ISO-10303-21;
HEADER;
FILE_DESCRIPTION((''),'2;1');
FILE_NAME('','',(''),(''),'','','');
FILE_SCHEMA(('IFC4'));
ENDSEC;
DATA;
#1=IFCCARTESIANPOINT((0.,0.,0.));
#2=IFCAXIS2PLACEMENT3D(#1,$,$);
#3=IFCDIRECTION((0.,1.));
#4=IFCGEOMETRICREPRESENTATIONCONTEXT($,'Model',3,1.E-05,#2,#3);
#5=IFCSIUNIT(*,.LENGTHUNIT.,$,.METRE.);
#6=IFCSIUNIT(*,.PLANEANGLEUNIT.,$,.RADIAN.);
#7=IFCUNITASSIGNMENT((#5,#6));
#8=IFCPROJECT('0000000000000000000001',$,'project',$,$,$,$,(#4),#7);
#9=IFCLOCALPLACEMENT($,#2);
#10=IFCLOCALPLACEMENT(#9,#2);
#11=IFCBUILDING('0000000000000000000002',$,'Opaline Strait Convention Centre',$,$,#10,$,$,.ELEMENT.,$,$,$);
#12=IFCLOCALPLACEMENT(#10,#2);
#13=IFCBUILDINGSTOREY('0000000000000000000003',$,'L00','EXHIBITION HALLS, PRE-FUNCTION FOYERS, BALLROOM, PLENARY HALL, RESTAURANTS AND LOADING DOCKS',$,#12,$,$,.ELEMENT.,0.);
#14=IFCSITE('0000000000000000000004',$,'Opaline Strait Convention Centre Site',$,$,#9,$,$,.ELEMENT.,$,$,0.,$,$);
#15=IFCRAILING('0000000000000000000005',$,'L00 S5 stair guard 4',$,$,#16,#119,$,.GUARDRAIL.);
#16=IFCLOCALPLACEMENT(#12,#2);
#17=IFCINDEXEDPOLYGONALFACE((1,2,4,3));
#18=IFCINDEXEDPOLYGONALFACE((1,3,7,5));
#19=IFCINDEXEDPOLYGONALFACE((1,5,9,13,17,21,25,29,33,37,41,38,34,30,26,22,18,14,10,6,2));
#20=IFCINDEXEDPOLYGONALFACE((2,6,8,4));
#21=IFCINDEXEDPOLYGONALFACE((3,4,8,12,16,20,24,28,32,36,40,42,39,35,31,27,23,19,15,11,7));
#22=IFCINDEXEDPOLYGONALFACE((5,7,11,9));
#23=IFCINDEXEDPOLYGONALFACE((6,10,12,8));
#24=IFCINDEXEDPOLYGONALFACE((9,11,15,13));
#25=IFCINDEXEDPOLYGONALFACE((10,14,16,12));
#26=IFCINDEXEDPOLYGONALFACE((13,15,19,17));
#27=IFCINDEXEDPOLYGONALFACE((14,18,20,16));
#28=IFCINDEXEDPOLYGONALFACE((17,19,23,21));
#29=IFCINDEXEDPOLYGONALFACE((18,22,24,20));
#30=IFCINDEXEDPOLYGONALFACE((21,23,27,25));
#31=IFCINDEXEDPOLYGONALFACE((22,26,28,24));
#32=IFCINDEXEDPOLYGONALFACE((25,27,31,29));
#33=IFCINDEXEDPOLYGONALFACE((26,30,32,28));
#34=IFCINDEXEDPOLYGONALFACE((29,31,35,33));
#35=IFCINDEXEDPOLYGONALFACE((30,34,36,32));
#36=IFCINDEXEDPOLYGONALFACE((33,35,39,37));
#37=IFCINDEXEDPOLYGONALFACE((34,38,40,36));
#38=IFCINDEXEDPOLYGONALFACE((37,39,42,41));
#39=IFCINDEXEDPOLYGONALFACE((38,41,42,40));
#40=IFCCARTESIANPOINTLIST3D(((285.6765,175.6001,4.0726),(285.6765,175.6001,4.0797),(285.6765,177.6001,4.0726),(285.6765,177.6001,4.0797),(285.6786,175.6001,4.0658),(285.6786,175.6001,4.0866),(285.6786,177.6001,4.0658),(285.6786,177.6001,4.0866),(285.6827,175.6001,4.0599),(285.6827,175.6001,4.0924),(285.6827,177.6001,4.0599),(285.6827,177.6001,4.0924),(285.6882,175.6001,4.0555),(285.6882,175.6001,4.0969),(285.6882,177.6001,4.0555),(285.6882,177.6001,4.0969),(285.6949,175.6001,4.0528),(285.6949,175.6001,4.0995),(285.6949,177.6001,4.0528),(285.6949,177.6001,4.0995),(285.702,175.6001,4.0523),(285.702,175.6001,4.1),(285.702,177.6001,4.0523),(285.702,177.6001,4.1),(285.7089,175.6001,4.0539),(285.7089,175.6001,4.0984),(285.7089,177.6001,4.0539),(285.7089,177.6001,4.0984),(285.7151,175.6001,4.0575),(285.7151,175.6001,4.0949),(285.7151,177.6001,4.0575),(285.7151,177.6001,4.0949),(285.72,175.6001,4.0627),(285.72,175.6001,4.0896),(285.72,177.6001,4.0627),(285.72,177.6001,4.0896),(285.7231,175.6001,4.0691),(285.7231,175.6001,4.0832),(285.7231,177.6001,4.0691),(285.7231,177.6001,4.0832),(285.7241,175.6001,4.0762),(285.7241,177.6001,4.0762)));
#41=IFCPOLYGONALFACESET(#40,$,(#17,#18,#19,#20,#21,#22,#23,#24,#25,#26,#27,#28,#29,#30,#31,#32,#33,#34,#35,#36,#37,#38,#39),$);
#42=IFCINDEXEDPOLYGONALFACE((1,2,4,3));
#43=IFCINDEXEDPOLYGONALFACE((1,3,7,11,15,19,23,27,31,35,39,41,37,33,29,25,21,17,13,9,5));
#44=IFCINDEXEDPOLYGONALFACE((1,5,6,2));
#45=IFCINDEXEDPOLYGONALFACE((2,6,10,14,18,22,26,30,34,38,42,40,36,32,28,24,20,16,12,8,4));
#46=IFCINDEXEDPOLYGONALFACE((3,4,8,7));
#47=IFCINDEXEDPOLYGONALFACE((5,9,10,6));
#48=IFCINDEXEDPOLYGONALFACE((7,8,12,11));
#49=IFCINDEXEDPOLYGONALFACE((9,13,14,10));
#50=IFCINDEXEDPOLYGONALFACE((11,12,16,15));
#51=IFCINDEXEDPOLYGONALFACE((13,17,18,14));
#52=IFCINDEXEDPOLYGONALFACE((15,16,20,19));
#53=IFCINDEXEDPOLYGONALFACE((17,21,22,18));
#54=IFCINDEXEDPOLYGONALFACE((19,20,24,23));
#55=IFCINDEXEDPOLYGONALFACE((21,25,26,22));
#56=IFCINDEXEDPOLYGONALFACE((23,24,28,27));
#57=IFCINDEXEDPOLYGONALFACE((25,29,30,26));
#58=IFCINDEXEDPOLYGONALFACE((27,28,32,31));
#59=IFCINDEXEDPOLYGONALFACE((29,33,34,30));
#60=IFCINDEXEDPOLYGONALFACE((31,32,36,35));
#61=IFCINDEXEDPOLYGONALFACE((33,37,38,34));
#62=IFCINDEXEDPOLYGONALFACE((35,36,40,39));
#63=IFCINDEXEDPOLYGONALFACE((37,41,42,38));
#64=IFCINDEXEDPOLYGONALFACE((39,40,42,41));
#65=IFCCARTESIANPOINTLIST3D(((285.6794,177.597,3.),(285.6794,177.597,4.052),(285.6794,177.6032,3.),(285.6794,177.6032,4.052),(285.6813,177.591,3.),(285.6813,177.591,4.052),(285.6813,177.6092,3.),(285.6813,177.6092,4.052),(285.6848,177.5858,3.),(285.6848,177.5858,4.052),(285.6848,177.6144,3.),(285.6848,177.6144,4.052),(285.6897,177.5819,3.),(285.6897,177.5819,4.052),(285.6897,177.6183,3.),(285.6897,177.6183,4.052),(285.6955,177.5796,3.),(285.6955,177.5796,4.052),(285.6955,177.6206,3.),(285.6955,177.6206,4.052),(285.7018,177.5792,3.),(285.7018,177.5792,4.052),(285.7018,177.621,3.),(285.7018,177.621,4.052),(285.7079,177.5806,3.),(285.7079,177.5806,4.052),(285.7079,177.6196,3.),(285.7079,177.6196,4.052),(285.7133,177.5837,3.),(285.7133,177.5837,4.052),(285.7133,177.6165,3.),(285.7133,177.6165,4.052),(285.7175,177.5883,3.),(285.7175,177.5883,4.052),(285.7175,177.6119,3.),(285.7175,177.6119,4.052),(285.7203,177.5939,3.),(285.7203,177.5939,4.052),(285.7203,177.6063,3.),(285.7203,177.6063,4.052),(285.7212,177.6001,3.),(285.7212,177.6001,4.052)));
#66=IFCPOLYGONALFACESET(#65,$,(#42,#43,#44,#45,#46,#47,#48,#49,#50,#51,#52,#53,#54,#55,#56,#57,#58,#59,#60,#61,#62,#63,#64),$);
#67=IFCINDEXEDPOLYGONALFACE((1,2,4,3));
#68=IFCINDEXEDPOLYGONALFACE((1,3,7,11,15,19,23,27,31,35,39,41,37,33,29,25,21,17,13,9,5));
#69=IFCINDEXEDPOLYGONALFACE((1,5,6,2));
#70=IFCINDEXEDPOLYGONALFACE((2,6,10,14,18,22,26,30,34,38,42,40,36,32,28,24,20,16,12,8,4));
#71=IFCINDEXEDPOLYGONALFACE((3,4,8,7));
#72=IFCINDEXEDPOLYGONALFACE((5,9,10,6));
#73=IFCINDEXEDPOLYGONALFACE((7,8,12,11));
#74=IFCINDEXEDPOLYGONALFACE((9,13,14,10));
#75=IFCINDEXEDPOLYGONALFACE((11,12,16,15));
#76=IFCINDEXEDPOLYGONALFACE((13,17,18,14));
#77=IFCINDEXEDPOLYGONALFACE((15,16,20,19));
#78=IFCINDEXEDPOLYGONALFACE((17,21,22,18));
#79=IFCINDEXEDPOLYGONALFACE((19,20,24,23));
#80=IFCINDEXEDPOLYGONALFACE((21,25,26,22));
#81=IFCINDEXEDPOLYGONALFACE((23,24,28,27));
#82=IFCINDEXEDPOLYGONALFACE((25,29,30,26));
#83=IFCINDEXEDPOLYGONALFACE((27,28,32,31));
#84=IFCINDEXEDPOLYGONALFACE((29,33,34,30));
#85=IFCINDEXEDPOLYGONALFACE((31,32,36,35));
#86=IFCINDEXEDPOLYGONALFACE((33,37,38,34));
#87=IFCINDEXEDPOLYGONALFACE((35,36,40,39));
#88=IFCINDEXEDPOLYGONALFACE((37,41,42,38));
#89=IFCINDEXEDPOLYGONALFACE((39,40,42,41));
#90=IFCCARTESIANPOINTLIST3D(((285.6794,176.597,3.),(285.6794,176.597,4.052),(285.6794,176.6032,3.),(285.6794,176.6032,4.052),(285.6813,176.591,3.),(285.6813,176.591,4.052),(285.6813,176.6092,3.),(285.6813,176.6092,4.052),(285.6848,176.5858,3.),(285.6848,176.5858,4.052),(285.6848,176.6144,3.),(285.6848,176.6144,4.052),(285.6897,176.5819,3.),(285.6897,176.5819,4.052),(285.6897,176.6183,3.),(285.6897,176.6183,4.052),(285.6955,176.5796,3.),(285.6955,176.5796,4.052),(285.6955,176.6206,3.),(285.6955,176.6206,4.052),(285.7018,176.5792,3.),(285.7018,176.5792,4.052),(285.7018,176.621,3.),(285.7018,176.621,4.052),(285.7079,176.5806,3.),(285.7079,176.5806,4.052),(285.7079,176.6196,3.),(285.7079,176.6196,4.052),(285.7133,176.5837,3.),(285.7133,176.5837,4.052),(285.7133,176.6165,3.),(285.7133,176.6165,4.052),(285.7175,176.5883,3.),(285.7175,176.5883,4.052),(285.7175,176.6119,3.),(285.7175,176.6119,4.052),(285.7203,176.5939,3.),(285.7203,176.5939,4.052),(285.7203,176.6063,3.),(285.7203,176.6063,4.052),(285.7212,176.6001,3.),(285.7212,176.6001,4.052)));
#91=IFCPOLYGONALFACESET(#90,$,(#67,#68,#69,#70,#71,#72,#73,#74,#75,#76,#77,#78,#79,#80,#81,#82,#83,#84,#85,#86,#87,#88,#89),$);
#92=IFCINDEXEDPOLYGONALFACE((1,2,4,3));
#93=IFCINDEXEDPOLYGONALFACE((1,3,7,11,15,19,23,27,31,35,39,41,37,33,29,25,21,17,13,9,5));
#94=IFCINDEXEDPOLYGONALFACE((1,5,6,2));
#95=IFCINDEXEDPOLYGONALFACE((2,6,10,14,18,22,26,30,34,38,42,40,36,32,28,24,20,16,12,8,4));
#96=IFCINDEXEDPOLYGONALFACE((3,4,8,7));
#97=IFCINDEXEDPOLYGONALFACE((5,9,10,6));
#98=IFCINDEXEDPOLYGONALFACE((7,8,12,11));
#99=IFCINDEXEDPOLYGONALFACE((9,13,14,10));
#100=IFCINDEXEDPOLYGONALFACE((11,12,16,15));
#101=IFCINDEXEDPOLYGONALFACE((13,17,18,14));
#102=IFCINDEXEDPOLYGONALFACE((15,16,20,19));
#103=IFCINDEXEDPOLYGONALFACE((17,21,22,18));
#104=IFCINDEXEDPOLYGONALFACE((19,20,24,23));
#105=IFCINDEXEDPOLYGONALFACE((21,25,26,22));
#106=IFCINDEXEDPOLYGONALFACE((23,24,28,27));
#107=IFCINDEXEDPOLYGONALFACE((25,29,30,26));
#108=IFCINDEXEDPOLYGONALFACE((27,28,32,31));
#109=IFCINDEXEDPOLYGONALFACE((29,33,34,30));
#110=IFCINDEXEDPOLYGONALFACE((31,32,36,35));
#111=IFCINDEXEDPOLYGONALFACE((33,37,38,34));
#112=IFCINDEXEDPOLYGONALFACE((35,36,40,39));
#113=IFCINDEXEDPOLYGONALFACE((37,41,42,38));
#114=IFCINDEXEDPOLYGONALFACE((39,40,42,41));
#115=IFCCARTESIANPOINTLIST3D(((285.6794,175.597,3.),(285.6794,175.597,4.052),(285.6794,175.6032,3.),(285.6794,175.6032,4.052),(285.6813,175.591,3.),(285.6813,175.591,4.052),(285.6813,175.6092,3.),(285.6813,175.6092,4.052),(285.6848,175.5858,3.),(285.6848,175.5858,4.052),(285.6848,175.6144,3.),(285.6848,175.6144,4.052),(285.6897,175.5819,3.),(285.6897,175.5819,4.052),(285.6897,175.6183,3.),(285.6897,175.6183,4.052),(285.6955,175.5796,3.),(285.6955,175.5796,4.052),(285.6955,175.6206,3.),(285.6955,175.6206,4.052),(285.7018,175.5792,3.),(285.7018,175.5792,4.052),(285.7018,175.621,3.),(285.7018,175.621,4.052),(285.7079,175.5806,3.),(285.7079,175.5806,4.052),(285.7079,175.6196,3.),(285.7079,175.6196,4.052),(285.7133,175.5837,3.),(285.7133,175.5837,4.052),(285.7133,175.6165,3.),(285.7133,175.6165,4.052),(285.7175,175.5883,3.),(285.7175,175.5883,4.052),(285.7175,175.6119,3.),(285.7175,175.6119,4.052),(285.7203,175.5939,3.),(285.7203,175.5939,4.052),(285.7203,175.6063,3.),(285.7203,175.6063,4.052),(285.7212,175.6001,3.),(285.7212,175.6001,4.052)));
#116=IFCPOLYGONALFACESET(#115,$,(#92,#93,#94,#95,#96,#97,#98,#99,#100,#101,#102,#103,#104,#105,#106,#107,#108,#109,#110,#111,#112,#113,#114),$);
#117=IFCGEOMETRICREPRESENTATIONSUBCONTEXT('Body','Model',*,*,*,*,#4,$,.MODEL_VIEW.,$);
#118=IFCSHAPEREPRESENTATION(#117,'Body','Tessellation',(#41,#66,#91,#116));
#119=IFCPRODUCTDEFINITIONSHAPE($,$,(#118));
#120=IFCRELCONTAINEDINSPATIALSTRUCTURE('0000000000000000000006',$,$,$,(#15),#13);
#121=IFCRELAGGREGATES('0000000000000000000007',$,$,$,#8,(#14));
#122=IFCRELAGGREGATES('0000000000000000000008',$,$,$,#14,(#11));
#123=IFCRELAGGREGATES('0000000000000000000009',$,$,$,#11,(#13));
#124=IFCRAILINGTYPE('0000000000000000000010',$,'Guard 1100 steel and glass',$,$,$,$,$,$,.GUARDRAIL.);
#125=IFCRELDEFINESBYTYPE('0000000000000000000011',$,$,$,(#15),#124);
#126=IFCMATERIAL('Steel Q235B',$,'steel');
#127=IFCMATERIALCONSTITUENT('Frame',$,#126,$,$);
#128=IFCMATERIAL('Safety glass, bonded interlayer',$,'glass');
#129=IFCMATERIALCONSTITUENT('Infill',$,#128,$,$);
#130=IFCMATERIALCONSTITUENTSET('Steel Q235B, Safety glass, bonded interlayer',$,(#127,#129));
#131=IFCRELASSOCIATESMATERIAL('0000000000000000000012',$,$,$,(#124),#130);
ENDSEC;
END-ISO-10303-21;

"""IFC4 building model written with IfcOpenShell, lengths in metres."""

from ifc_helpers import new_model, si_unit, direction, frame, origin, origin_2d, place, context, subcontext, project, spatial, circle, extrude, material, constituent, constituent_set, type_object, element, save


model = new_model("IFC4")

# Units and contexts
model_context = context("Model", 3, precision=1e-05, world=origin(), true_north=direction((0.0, 1.0)))
body_context = subcontext(model_context, "Body", "Model", "MODEL_VIEW")
ifc_project = project(units=[si_unit("LENGTHUNIT", "METRE"), si_unit("PLANEANGLEUNIT", "RADIAN")], contexts=[model_context])

# Site, building, storey
site_placement = place(None, origin())
site = spatial("IfcSite", under=ifc_project, at=site_placement, Name="Opaline Strait Convention Centre Site", CompositionType="ELEMENT", RefElevation=0.0)
building_placement = place(site_placement, origin())
building = spatial("IfcBuilding", under=site, at=building_placement, Name="Opaline Strait Convention Centre", CompositionType="ELEMENT")
storey_placement = place(building_placement, origin())
storey = spatial("IfcBuildingStorey", under=building, at=storey_placement, Name="L00", Description="EXHIBITION HALLS, PRE-FUNCTION FOYERS, BALLROOM, PLENARY HALL, RESTAURANTS AND LOADING DOCKS", CompositionType="ELEMENT", Elevation=0.0)

# Railing
ifc_material_1 = material(Name="Steel Q235B", Category="steel")
ifc_constituent_1 = constituent(ifc_material_1, Name="Frame")
ifc_material_2 = material(Name="Safety glass, bonded interlayer", Category="glass")
ifc_constituent_2 = constituent(ifc_material_2, Name="Infill")
ifc_constituent_set = constituent_set(constituents=[ifc_constituent_1, ifc_constituent_2], Name="Steel Q235B, Safety glass, bonded interlayer")
railing_type_1 = type_object("IfcRailingType", Name="Guard 1100 steel and glass", PredefinedType="GUARDRAIL", material=ifc_constituent_set)
railing_1_placement = place(storey_placement, frame((285.7002, 177.6001, 3.0)))
element("IfcRailing", 1, at=railing_1_placement, inside=storey, type_object=railing_type_1, Name="L00 S5 stair guard 4", PredefinedType="GUARDRAIL", context=body_context, shape_type="SweptSolid", body=[
    extrude(circle(Radius=0.0239, at=origin_2d()), frame((0.0, 0.0, 1.0762), z_axis=(0.0, -1.0, 0.0), x_axis=(1.0, 0.0, 0.0)), (0.0, 0.0, 1.0), 2.0),
    extrude(circle(Radius=0.021, at=origin_2d()), origin(), (0.0, 0.0, 1.0), 1.052),
    extrude(circle(Radius=0.021, at=origin_2d()), frame((0.0, -1.0, 0.0)), (0.0, 0.0, 1.0), 1.052),
    extrude(circle(Radius=0.021, at=origin_2d()), frame((0.0, -2.0, 0.0)), (0.0, 0.0, 1.0), 1.052),
])

save(model, "model.ifc")
